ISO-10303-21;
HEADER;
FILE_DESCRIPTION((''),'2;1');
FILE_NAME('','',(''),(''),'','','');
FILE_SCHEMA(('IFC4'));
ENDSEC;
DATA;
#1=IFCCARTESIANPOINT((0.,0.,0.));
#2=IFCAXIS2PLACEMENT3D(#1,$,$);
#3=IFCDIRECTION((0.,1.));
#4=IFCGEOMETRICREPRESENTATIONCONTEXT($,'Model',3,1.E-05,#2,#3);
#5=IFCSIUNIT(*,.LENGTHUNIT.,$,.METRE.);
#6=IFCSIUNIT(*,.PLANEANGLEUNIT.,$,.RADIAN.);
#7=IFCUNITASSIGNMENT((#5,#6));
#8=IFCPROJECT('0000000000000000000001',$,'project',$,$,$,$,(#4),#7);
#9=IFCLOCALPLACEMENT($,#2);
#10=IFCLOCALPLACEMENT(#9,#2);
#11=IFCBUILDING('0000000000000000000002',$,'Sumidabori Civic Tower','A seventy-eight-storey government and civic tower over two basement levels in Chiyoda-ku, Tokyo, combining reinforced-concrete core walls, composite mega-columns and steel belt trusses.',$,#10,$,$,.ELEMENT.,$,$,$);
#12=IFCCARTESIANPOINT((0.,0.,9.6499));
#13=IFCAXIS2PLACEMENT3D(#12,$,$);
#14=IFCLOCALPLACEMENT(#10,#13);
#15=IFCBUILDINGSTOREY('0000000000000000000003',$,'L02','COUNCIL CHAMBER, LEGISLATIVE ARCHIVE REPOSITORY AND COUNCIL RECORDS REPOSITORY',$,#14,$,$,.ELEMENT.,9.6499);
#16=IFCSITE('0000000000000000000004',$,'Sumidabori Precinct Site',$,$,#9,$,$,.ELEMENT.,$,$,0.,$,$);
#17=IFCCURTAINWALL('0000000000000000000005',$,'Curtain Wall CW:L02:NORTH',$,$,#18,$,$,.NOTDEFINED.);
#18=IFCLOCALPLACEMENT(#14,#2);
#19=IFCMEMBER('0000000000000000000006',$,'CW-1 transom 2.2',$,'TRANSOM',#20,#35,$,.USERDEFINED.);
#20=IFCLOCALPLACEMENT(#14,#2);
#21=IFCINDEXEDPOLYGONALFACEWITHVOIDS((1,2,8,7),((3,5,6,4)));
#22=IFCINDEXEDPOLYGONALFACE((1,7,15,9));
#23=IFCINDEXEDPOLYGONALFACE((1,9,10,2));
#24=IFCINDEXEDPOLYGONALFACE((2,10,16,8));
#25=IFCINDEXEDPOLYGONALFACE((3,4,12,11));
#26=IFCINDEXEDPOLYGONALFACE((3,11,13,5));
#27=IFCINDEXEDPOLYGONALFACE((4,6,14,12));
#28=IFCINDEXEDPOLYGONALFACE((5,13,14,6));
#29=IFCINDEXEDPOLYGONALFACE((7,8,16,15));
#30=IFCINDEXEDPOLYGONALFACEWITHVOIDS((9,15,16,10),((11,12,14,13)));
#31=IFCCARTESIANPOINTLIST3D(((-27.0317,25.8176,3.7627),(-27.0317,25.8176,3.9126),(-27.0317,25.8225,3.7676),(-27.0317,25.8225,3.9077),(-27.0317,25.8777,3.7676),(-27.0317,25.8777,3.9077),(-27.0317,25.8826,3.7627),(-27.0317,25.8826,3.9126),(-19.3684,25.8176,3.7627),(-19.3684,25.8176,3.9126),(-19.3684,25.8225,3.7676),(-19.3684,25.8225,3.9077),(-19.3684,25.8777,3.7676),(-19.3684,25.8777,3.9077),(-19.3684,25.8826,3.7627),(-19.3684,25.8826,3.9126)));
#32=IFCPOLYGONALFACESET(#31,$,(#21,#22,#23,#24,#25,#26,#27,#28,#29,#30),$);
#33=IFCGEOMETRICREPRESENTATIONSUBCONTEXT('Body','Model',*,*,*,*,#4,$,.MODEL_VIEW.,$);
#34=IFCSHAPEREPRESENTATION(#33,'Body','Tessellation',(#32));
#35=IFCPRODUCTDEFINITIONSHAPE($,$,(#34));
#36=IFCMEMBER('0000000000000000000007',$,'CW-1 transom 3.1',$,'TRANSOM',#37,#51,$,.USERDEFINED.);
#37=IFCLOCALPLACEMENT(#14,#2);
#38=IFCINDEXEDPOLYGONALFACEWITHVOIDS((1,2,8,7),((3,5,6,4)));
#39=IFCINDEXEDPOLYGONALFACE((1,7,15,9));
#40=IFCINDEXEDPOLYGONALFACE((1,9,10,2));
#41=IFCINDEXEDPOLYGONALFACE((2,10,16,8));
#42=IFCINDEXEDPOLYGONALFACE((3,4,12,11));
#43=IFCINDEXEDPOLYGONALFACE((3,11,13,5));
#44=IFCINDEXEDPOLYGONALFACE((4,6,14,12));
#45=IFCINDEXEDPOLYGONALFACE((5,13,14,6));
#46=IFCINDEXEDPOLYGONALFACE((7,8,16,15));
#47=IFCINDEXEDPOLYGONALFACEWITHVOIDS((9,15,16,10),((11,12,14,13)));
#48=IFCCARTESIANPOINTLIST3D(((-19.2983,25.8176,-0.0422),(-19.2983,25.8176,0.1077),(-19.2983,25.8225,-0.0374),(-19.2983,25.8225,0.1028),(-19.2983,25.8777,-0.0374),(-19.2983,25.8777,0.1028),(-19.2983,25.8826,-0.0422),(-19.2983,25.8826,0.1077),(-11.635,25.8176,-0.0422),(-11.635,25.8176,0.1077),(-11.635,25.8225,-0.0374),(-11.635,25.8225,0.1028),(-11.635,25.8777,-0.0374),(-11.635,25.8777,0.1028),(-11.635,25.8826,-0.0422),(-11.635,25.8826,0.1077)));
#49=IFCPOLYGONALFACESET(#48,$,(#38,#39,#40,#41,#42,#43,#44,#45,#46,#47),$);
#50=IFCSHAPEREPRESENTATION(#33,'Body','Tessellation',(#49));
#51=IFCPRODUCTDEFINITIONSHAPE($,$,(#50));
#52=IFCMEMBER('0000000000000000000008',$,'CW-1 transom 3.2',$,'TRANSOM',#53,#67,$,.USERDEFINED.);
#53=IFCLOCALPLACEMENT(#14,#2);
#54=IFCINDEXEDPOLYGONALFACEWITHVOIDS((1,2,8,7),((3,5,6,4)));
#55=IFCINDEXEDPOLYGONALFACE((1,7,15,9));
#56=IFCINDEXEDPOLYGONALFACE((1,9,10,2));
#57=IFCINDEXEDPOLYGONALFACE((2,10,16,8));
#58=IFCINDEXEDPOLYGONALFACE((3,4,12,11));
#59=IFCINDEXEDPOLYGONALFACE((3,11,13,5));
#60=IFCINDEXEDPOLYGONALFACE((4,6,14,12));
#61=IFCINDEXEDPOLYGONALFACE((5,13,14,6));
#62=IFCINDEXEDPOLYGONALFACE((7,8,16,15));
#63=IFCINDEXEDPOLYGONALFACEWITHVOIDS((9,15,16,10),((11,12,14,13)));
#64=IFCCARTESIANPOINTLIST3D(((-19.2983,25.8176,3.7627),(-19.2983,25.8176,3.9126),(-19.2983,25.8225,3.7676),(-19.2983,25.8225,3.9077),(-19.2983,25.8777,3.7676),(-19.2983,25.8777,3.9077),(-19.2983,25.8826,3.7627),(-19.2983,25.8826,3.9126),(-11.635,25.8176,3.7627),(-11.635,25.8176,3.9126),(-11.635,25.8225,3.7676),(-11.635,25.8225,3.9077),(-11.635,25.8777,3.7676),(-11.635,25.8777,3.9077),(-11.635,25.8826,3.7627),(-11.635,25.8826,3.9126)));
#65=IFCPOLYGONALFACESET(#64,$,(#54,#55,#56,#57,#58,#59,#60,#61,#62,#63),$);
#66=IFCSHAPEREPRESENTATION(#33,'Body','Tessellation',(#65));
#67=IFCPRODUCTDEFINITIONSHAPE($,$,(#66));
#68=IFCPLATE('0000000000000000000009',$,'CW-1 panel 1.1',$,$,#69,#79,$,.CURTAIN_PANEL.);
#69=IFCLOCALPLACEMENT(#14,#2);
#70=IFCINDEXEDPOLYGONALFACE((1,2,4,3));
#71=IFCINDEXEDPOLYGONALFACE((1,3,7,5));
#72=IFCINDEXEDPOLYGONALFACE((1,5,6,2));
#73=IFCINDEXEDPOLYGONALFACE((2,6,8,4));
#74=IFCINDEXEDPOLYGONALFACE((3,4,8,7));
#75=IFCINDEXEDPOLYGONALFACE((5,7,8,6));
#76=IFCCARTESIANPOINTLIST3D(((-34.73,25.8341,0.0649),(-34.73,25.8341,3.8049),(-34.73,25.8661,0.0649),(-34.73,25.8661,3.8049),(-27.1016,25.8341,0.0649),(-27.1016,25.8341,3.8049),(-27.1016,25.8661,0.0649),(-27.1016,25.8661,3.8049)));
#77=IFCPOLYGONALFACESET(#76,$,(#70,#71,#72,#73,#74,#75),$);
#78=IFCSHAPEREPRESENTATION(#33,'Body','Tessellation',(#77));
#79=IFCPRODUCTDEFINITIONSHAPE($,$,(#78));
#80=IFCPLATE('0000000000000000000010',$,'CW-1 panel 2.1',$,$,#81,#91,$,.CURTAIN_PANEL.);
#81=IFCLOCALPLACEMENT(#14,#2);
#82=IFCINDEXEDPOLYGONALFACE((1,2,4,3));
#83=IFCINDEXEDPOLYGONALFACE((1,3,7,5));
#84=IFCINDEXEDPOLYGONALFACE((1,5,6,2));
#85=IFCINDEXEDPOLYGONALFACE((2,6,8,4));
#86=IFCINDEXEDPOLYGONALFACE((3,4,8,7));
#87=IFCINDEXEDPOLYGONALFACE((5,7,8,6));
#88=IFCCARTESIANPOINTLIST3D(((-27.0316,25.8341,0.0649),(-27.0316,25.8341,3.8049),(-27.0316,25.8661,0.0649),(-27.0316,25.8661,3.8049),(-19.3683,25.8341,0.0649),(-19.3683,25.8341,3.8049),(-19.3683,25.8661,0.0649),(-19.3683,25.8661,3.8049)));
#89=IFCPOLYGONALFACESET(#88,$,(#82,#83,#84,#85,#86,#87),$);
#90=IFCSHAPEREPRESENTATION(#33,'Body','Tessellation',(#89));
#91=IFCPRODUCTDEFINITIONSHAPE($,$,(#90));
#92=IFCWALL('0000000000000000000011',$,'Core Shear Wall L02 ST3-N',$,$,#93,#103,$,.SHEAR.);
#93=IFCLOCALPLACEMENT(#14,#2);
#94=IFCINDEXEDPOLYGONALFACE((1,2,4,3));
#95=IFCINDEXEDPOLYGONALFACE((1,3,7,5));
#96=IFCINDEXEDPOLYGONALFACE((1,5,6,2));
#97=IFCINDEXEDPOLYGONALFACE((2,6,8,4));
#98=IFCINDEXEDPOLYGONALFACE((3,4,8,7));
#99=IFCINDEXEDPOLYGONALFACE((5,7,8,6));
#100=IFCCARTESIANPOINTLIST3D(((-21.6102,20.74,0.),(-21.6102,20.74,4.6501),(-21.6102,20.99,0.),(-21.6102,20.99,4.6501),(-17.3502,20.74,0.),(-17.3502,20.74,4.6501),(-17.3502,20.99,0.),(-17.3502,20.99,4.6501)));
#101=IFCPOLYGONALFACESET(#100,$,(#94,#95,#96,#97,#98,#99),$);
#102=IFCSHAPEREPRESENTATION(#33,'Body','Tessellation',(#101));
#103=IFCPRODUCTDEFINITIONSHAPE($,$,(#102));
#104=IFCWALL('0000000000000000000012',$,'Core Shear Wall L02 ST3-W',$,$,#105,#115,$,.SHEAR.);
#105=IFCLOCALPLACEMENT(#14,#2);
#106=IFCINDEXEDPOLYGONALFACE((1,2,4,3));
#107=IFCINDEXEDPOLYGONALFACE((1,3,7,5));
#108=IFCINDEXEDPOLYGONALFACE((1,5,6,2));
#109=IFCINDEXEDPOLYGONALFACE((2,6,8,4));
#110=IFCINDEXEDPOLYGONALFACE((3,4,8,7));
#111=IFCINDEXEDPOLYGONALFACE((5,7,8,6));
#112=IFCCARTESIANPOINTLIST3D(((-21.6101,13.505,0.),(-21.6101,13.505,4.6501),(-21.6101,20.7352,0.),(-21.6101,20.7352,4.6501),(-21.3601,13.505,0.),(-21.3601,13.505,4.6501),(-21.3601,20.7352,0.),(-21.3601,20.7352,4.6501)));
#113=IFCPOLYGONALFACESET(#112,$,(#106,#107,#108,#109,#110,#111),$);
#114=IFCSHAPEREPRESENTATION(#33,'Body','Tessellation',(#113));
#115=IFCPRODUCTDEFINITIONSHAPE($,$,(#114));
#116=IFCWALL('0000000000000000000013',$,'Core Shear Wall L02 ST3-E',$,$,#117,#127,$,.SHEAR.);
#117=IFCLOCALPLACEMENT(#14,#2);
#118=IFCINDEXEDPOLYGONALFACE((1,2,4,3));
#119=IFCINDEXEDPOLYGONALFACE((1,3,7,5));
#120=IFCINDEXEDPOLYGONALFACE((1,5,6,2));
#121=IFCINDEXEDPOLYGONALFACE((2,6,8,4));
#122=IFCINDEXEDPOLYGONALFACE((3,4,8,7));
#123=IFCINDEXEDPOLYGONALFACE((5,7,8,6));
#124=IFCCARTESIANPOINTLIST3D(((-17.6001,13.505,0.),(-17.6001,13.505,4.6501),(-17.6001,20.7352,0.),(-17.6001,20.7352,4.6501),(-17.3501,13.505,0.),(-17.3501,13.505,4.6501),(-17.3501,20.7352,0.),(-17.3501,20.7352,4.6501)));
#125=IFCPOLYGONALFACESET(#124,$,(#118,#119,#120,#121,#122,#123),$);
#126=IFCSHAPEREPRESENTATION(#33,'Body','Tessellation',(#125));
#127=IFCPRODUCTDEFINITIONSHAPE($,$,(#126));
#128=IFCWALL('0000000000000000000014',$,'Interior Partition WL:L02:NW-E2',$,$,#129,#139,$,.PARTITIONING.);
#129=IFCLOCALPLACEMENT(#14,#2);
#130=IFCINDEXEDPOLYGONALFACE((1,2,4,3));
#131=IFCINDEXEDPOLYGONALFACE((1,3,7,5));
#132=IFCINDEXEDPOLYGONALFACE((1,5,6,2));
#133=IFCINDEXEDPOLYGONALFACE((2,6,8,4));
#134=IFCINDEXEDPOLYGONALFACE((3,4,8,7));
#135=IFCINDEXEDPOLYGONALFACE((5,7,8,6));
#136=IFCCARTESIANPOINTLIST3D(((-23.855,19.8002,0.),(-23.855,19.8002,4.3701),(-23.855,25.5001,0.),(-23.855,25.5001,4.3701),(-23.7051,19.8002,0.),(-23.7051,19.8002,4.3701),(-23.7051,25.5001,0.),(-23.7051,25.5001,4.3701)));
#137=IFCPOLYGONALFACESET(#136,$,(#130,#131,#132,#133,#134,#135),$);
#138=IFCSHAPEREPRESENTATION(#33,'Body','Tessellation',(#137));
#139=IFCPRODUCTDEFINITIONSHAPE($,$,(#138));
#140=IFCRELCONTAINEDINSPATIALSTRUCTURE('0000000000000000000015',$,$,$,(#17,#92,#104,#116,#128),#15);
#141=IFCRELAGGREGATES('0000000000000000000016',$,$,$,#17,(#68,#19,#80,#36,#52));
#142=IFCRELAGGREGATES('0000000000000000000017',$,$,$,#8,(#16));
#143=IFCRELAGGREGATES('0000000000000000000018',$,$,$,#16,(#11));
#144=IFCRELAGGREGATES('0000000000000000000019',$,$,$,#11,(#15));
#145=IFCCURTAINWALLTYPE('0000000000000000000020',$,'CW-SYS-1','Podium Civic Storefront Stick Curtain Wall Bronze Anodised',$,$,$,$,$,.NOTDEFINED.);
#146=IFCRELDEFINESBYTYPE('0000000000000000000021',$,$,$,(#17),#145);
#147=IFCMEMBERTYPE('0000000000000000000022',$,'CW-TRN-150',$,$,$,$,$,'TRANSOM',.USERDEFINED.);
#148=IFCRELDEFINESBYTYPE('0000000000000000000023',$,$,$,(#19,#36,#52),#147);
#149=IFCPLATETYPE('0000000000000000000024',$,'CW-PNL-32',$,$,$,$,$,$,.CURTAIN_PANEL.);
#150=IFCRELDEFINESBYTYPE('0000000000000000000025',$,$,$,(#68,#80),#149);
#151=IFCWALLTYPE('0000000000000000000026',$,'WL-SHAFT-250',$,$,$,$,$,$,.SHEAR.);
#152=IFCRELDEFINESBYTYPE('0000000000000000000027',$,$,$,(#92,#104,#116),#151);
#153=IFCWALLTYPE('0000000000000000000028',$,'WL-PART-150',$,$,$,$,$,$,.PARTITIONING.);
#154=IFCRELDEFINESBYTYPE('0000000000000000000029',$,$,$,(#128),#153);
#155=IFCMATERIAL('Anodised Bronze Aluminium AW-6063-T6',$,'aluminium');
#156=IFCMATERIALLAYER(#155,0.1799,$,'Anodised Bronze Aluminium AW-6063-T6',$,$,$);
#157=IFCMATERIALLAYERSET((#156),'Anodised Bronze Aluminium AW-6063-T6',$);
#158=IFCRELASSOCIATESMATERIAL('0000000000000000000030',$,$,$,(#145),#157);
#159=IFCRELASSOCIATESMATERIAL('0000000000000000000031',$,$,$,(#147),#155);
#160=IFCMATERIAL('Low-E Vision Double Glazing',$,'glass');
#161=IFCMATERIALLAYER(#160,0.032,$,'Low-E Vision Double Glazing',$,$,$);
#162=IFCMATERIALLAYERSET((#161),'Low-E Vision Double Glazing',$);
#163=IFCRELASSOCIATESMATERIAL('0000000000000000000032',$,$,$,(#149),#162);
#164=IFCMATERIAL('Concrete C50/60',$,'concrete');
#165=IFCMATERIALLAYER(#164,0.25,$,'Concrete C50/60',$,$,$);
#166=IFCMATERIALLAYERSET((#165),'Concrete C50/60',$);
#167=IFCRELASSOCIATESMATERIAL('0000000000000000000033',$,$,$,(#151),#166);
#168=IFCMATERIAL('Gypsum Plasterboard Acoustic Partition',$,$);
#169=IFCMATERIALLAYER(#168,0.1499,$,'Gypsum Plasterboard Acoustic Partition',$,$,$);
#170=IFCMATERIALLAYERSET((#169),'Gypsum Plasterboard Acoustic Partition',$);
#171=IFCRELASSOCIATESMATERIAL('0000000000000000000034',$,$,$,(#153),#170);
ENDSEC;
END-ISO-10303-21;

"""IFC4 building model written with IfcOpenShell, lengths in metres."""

from ifc_helpers import new_model, si_unit, direction, frame, frame_2d, origin, origin_2d, place, context, subcontext, project, spatial, rectangle, hollow_rectangle, extrude, source, transform, mapped, material, layer, layer_set, material_profile, profile_set, type_object, element, aggregate, save


model = new_model("IFC4")

# Units and contexts
model_context = context("Model", 3, precision=1e-05, world=origin(), true_north=direction((0.0, 1.0)))
body_context = subcontext(model_context, "Body", "Model", "MODEL_VIEW")
ifc_project = project(units=[si_unit("LENGTHUNIT", "METRE"), si_unit("PLANEANGLEUNIT", "RADIAN")], contexts=[model_context])

# Site, building, storey
site_placement = place(None, origin())
site = spatial("IfcSite", under=ifc_project, at=site_placement, Name="Sumidabori Precinct Site", CompositionType="ELEMENT", RefElevation=0.0)
building_placement = place(site_placement, origin())
building = spatial("IfcBuilding", under=site, at=building_placement, Name="Sumidabori Civic Tower", Description="A seventy-eight-storey government and civic tower over two basement levels in Chiyoda-ku, Tokyo, combining reinforced-concrete core walls, composite mega-columns and steel belt trusses.", CompositionType="ELEMENT")
storey_placement = place(building_placement, frame((0.0, 0.0, 9.6499)))
storey = spatial("IfcBuildingStorey", under=building, at=storey_placement, Name="L02", Description="COUNCIL CHAMBER, LEGISLATIVE ARCHIVE REPOSITORY AND COUNCIL RECORDS REPOSITORY", CompositionType="ELEMENT", Elevation=9.6499)

# Curtain wall, members, plates
ifc_material_1 = material(Name="Anodised Bronze Aluminium AW-6063-T6", Category="aluminium")
ifc_layer_1 = layer(ifc_material_1, 0.1799, Name="Anodised Bronze Aluminium AW-6063-T6")
ifc_layer_set_1 = layer_set([ifc_layer_1], Name="Anodised Bronze Aluminium AW-6063-T6")
curtain_wall_type = type_object("IfcCurtainWallType", Name="CW-SYS-1", Description="Podium Civic Storefront Stick Curtain Wall Bronze Anodised", PredefinedType="NOTDEFINED", material=ifc_layer_set_1)
curtain_wall_placement = place(storey_placement, origin())
curtain_wall = element("IfcCurtainWall", 1, at=curtain_wall_placement, inside=storey, type_object=curtain_wall_type, Name="Curtain Wall CW:L02:NORTH", PredefinedType="NOTDEFINED")
ifc_material_profile_1 = material_profile(ifc_material_1, hollow_rectangle(XDim=0.0649, YDim=0.1499, WallThickness=0.0049, at=origin_2d()), Name="ALU TRANSOM 150x65")
ifc_profile_set_1 = profile_set([ifc_material_profile_1], Name="Anodised Bronze Aluminium AW-6063-T6")
member_type_1 = type_object("IfcMemberType", Name="CW-TRN-150", ElementType="TRANSOM", PredefinedType="USERDEFINED", material=ifc_profile_set_1)
shared_shape_1 = source(origin(), body_context, "Body", "SweptSolid", [
    extrude(hollow_rectangle(XDim=0.0649, YDim=0.1499, WallThickness=0.0049, at=origin_2d()), origin(), (0.0, 0.0, 1.0), 7.6633),
])
member_1_placement = place(storey_placement, frame((-27.0317, 25.8501, 3.8376), z_axis=(1.0, 0.0, 0.0), x_axis=(0.0, 1.0, 0.0)))
member_1 = element("IfcMember", 2, at=member_1_placement, type_object=member_type_1, Name="CW-1 transom 2.2", ObjectType="TRANSOM", PredefinedType="USERDEFINED", context=body_context, shape_type="MappedRepresentation", body=[
    mapped(shared_shape_1, transform((0.0, 0.0, 0.0), x_axis=(1.0, 0.0, 0.0), y_axis=(0.0, 1.0, 0.0), z_axis=(0.0, 0.0, 1.0), scale=1.0)),
])
member_2_placement = place(storey_placement, frame((-19.2983, 25.8501, 0.0327), z_axis=(1.0, 0.0, 0.0), x_axis=(0.0, 1.0, 0.0)))
member_2 = element("IfcMember", 3, at=member_2_placement, type_object=member_type_1, Name="CW-1 transom 3.1", ObjectType="TRANSOM", PredefinedType="USERDEFINED", context=body_context, shape_type="MappedRepresentation", body=[
    mapped(shared_shape_1, transform((0.0, 0.0, 0.0), x_axis=(1.0, 0.0, 0.0), y_axis=(0.0, 1.0, 0.0), z_axis=(0.0, 0.0, 1.0), scale=1.0)),
])
member_3_placement = place(storey_placement, frame((-19.2983, 25.8501, 3.8376), z_axis=(1.0, 0.0, 0.0), x_axis=(0.0, 1.0, 0.0)))
member_3 = element("IfcMember", 4, at=member_3_placement, type_object=member_type_1, Name="CW-1 transom 3.2", ObjectType="TRANSOM", PredefinedType="USERDEFINED", context=body_context, shape_type="MappedRepresentation", body=[
    mapped(shared_shape_1, transform((0.0, 0.0, 0.0), x_axis=(1.0, 0.0, 0.0), y_axis=(0.0, 1.0, 0.0), z_axis=(0.0, 0.0, 1.0), scale=1.0)),
])
ifc_material_2 = material(Name="Low-E Vision Double Glazing", Category="glass")
ifc_layer_2 = layer(ifc_material_2, 0.032, Name="Low-E Vision Double Glazing")
ifc_layer_set_2 = layer_set([ifc_layer_2], Name="Low-E Vision Double Glazing")
plate_type = type_object("IfcPlateType", Name="CW-PNL-32", PredefinedType="CURTAIN_PANEL", material=ifc_layer_set_2)
shared_shape_2 = source(origin(), body_context, "Body", "SweptSolid", [
    extrude(rectangle(XDim=7.6284, YDim=0.032, at=origin_2d()), origin(), (0.0, 0.0, 1.0), 3.74),
])
plate_1_placement = place(storey_placement, frame((-30.9158, 25.8501, 0.0649), z_axis=(0.0, 0.0, 1.0), x_axis=(1.0, 0.0, 0.0)))
plate_1 = element("IfcPlate", 5, at=plate_1_placement, type_object=plate_type, Name="CW-1 panel 1.1", PredefinedType="CURTAIN_PANEL", context=body_context, shape_type="MappedRepresentation", body=[
    mapped(shared_shape_2, transform((0.0, 0.0, 0.0), x_axis=(1.0, 0.0, 0.0), y_axis=(0.0, 1.0, 0.0), z_axis=(0.0, 0.0, 1.0), scale=1.0)),
])
shared_shape_3 = source(origin(), body_context, "Body", "SweptSolid", [
    extrude(rectangle(XDim=7.6633, YDim=0.032, at=origin_2d()), origin(), (0.0, 0.0, 1.0), 3.74),
])
plate_2_placement = place(storey_placement, frame((-23.2, 25.8501, 0.0649), z_axis=(0.0, 0.0, 1.0), x_axis=(1.0, 0.0, 0.0)))
plate_2 = element("IfcPlate", 6, at=plate_2_placement, type_object=plate_type, Name="CW-1 panel 2.1", PredefinedType="CURTAIN_PANEL", context=body_context, shape_type="MappedRepresentation", body=[
    mapped(shared_shape_3, transform((0.0, 0.0, 0.0), x_axis=(1.0, 0.0, 0.0), y_axis=(0.0, 1.0, 0.0), z_axis=(0.0, 0.0, 1.0), scale=1.0)),
])
aggregate(curtain_wall, [plate_1, member_1, plate_2, member_2, member_3])

# Wall
ifc_material_3 = material(Name="Concrete C50/60", Category="concrete")
ifc_layer_3 = layer(ifc_material_3, 0.25, Name="Concrete C50/60")
ifc_layer_set_3 = layer_set([ifc_layer_3], Name="Concrete C50/60")
wall_type_1 = type_object("IfcWallType", Name="WL-SHAFT-250", PredefinedType="SHEAR", material=ifc_layer_set_3)
shared_shape_4 = source(origin(), body_context, "Body", "SweptSolid", [
    extrude(rectangle(XDim=4.26, YDim=0.25, at=frame_2d((2.1299, 0.0))), origin(), (0.0, 0.0, 1.0), 4.6501),
])
wall_1_placement = place(storey_placement, frame((-21.6101, 20.865, 0.0), z_axis=(0.0, 0.0, 1.0), x_axis=(1.0, 0.0, 0.0)))
element("IfcWall", 7, at=wall_1_placement, inside=storey, type_object=wall_type_1, Name="Core Shear Wall L02 ST3-N", PredefinedType="SHEAR", context=body_context, shape_type="MappedRepresentation", body=[
    mapped(shared_shape_4, transform((0.0, 0.0, 0.0), x_axis=(1.0, 0.0, 0.0), y_axis=(0.0, 1.0, 0.0), z_axis=(0.0, 0.0, 1.0), scale=1.0)),
])

# Walls
shared_shape_5 = source(origin(), body_context, "Body", "SweptSolid", [
    extrude(rectangle(XDim=7.2302, YDim=0.25, at=frame_2d((3.6152, 0.0))), origin(), (0.0, 0.0, 1.0), 4.6501),
])
for number, where, z_axis, x_axis, name in (
    (8, (-21.4851, 13.5049, 0.0), (0.0, 0.0, 1.0), (0.0, 1.0, 0.0), "Core Shear Wall L02 ST3-W"),
    (9, (-17.4751, 13.5049, 0.0), (0.0, 0.0, 1.0), (0.0, 1.0, 0.0), "Core Shear Wall L02 ST3-E"),
):
    element("IfcWall", number, at=place(storey_placement, frame(where, z_axis=z_axis, x_axis=x_axis)), inside=storey, type_object=wall_type_1, Name=name, PredefinedType="SHEAR", context=body_context, shape_type="MappedRepresentation", body=[
        mapped(shared_shape_5, transform((0.0, 0.0, 0.0), x_axis=(1.0, 0.0, 0.0), y_axis=(0.0, 1.0, 0.0), z_axis=(0.0, 0.0, 1.0), scale=1.0)),
    ])
ifc_material_4 = material(Name="Gypsum Plasterboard Acoustic Partition")
ifc_layer_4 = layer(ifc_material_4, 0.1499, Name="Gypsum Plasterboard Acoustic Partition")
ifc_layer_set_4 = layer_set([ifc_layer_4], Name="Gypsum Plasterboard Acoustic Partition")
wall_type_2 = type_object("IfcWallType", Name="WL-PART-150", PredefinedType="PARTITIONING", material=ifc_layer_set_4)
shared_shape_6 = source(origin(), body_context, "Body", "SweptSolid", [
    extrude(rectangle(XDim=5.7, YDim=0.1499, at=frame_2d((2.8501, 0.0))), origin(), (0.0, 0.0, 1.0), 4.3701),
])
wall_2_placement = place(storey_placement, frame((-23.78, 19.8, 0.0), z_axis=(0.0, 0.0, 1.0), x_axis=(0.0, 1.0, 0.0)))
element("IfcWall", 10, at=wall_2_placement, inside=storey, type_object=wall_type_2, Name="Interior Partition WL:L02:NW-E2", PredefinedType="PARTITIONING", context=body_context, shape_type="MappedRepresentation", body=[
    mapped(shared_shape_6, transform((0.0, 0.0, 0.0), x_axis=(1.0, 0.0, 0.0), y_axis=(0.0, 1.0, 0.0), z_axis=(0.0, 0.0, 1.0), scale=1.0)),
])

save(model, "model.ifc")
